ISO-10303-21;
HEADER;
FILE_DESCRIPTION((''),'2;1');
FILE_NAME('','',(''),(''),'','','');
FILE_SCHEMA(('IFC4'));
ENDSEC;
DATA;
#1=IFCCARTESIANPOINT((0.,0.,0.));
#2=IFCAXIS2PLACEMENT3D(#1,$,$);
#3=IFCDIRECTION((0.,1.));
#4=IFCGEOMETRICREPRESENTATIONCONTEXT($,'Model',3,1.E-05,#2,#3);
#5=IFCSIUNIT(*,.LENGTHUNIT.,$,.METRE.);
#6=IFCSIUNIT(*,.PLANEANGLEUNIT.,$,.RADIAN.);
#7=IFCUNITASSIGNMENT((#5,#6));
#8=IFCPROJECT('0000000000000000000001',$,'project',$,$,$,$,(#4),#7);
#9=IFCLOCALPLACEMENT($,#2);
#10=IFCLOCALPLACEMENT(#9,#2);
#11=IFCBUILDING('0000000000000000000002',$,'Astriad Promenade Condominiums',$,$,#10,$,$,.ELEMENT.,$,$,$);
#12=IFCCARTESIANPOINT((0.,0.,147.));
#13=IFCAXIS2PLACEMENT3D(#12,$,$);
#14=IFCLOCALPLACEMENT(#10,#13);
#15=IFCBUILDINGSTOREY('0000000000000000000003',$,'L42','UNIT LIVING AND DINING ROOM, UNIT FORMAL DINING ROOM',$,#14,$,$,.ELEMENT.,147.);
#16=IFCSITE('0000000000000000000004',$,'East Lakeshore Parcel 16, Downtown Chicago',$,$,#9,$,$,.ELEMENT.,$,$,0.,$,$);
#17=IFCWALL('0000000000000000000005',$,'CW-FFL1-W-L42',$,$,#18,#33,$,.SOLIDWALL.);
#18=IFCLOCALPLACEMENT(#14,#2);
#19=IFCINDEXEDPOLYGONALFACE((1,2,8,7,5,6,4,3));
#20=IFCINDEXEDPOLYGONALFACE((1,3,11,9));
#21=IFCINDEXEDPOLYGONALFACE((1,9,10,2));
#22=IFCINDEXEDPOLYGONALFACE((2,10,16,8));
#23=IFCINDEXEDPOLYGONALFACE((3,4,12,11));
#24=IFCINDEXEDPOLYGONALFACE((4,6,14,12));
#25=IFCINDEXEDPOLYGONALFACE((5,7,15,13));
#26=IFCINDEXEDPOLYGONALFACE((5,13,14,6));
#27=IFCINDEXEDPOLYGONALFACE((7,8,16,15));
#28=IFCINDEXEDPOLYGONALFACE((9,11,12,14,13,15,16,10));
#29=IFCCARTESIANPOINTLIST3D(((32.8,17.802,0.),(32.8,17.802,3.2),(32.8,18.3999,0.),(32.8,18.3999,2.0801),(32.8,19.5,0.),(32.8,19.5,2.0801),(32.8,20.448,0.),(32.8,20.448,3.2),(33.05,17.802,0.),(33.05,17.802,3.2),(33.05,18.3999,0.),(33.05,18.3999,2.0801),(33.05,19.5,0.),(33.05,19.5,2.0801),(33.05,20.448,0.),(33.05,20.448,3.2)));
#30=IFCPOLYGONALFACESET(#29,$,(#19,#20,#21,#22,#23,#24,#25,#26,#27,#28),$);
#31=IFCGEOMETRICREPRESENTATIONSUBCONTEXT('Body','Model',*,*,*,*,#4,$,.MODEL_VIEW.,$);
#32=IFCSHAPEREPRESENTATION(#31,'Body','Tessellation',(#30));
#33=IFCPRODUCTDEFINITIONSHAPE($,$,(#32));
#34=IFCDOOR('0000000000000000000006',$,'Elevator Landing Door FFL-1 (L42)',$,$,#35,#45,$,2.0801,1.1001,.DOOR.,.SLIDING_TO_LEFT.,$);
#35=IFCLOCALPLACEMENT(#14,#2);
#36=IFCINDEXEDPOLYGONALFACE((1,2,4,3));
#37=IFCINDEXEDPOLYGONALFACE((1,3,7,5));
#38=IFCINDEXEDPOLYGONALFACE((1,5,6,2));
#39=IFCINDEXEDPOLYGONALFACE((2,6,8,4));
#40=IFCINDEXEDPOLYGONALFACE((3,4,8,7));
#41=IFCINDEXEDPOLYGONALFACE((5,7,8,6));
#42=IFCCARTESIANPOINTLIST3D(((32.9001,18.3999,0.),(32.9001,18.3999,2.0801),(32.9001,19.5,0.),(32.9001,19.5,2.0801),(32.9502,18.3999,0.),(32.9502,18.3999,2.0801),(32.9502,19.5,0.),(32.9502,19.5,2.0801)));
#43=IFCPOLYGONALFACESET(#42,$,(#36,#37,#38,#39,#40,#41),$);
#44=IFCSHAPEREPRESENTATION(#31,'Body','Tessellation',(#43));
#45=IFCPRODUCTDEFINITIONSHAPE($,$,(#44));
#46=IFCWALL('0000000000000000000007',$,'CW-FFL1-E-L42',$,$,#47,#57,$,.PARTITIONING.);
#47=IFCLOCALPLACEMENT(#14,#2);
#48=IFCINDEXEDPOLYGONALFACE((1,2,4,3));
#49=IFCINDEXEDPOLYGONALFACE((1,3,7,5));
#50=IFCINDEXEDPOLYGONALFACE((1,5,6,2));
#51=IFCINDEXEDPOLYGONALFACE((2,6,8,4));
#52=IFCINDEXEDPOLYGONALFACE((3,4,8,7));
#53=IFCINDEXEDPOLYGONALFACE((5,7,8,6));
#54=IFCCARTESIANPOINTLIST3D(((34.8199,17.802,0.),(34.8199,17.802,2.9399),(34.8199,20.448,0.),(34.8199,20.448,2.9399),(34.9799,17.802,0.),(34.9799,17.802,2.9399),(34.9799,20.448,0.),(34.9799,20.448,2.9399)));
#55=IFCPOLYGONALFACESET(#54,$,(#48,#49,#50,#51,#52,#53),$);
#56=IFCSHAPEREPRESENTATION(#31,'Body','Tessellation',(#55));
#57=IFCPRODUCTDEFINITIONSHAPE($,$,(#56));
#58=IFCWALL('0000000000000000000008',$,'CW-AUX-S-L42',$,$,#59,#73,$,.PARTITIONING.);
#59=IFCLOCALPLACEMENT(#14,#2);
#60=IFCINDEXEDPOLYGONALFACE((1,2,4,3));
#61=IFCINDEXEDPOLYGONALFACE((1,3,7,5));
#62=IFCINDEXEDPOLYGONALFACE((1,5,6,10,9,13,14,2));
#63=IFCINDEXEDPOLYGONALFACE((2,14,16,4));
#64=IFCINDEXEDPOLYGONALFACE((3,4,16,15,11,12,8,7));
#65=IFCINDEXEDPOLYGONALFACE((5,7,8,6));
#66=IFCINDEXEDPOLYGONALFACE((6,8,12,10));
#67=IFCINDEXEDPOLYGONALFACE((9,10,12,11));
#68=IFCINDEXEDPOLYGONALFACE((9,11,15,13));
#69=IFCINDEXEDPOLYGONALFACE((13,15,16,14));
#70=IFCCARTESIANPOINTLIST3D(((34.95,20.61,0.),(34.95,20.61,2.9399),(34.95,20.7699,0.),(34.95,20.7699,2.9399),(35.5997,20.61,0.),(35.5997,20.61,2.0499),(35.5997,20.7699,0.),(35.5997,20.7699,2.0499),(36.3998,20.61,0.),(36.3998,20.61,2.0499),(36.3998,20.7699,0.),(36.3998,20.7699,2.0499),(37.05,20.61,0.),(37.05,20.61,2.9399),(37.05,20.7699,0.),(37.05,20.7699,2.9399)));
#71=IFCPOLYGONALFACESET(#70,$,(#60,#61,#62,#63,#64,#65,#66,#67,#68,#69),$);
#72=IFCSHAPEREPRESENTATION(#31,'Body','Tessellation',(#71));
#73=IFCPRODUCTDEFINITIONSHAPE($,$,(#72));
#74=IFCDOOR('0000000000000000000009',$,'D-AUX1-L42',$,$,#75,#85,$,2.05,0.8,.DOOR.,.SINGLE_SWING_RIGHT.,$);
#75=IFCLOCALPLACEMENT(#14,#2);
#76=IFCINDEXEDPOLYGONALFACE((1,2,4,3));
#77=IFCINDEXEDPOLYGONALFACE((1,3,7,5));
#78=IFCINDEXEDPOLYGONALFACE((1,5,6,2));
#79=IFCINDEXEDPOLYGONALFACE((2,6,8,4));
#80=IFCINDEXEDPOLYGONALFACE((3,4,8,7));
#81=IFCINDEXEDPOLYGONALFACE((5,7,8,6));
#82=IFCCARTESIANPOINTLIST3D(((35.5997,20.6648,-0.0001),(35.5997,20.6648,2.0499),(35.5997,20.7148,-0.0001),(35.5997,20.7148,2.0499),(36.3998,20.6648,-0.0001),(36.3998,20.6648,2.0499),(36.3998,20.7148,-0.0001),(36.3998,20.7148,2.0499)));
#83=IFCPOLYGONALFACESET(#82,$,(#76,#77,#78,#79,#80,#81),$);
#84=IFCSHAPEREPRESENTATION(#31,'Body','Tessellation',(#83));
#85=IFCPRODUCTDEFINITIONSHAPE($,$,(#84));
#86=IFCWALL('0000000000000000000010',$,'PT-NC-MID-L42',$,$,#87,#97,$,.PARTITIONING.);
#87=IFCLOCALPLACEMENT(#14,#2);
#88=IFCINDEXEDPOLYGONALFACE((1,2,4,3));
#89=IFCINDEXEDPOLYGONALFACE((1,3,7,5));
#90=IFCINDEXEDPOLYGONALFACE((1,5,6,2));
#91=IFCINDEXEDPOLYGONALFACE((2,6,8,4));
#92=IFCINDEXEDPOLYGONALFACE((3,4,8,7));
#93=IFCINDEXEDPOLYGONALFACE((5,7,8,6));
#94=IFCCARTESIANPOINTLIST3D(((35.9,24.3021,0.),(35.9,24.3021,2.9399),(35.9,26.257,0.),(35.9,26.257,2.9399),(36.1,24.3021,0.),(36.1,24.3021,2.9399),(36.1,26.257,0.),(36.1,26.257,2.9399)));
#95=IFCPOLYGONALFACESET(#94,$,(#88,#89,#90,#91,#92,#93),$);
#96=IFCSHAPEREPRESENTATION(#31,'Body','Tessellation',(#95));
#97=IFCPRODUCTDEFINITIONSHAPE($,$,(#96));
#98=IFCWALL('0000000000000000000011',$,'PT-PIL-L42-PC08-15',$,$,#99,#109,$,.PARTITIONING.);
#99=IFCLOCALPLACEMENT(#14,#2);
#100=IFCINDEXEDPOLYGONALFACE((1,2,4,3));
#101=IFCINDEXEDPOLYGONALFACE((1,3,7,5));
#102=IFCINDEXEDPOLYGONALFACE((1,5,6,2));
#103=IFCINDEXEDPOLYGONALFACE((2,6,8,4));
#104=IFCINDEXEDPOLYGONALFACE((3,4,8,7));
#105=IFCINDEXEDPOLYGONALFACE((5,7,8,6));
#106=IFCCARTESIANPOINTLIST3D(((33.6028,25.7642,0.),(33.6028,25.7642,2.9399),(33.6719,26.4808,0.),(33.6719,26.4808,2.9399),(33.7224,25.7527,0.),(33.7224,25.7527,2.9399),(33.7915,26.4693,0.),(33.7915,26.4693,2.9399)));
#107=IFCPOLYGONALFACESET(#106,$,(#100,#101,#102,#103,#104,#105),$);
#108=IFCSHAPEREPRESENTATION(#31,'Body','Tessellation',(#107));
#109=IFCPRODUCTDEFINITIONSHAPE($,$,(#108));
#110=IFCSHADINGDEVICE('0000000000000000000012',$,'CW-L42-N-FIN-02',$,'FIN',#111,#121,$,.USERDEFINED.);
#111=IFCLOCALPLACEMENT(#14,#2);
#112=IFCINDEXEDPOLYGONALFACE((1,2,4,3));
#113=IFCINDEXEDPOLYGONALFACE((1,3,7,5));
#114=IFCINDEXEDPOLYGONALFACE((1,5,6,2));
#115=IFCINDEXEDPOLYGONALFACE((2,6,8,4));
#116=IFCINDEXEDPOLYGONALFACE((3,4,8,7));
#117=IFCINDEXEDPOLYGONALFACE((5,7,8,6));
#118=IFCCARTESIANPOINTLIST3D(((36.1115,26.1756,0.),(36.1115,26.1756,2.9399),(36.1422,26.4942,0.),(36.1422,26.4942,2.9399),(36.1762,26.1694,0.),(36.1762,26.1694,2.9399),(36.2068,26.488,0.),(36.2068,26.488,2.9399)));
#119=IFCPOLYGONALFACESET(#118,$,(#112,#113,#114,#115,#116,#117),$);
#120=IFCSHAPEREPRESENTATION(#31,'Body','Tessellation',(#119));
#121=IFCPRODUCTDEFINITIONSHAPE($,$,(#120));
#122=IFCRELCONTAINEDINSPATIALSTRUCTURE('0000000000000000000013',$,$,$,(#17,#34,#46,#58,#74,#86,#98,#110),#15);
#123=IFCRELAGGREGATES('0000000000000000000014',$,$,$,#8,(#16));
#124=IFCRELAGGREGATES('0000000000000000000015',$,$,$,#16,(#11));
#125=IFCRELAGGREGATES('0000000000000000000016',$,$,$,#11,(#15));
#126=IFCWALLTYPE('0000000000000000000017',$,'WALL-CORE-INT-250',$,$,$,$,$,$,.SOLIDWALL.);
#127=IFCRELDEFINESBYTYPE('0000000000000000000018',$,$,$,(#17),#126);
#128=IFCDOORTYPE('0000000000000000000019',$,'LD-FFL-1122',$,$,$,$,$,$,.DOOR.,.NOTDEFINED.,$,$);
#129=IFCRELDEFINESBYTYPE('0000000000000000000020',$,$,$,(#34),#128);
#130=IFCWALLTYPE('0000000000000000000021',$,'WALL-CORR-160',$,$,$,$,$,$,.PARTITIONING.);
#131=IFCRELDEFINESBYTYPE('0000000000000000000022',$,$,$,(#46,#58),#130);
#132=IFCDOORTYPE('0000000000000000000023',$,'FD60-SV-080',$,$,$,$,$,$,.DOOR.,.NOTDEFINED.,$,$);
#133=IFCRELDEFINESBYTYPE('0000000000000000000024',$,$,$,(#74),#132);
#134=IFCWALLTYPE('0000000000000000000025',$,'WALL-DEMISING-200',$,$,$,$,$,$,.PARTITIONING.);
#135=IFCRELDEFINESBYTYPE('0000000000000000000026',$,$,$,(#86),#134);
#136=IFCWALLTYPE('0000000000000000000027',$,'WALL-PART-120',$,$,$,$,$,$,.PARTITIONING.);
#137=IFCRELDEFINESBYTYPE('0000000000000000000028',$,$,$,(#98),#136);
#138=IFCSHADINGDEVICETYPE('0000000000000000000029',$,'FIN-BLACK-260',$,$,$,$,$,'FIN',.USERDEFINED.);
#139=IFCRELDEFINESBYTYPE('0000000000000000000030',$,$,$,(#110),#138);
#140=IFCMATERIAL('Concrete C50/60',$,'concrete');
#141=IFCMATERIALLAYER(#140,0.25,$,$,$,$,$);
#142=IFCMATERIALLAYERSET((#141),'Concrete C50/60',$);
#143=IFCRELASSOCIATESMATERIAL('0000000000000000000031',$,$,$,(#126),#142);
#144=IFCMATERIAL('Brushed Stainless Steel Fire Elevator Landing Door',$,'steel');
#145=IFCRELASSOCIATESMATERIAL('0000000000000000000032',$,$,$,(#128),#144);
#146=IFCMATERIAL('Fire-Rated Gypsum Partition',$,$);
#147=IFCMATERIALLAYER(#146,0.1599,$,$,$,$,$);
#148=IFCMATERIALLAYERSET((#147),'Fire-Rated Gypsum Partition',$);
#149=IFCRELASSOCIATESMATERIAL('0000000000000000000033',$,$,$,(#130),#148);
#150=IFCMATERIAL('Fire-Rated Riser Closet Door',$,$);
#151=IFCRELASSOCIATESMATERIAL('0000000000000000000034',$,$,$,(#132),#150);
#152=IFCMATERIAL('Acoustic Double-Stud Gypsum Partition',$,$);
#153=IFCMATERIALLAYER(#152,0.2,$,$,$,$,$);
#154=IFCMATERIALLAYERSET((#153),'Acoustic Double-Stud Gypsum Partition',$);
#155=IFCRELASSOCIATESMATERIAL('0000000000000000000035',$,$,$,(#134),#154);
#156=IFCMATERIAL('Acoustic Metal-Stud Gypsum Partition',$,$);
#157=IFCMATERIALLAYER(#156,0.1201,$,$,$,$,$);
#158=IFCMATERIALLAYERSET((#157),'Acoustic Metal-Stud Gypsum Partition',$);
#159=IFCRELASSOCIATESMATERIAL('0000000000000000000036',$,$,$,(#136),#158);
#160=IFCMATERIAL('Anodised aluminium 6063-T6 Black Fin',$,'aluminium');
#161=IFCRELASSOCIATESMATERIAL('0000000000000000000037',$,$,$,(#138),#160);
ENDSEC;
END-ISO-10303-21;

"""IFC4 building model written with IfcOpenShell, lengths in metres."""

from ifc_helpers import new_model, si_unit, direction, frame, frame_2d, origin, origin_2d, place, context, subcontext, project, spatial, rectangle, extrude, source, transform, mapped, material, layer, layer_set, type_object, type_shapes, element, fill, save


model = new_model("IFC4")

# Units and contexts
model_context = context("Model", 3, precision=1e-05, world=origin(), true_north=direction((0.0, 1.0)))
body_context = subcontext(model_context, "Body", "Model", "MODEL_VIEW")
ifc_project = project(units=[si_unit("LENGTHUNIT", "METRE"), si_unit("PLANEANGLEUNIT", "RADIAN")], contexts=[model_context])

# Site, building, storey
site_placement = place(None, origin())
site = spatial("IfcSite", under=ifc_project, at=site_placement, Name="East Lakeshore Parcel 16, Downtown Chicago", CompositionType="ELEMENT", RefElevation=0.0)
building_placement = place(site_placement, origin())
building = spatial("IfcBuilding", under=site, at=building_placement, Name="Astriad Promenade Condominiums", CompositionType="ELEMENT")
storey_placement = place(building_placement, frame((0.0, 0.0, 147.0)))
storey = spatial("IfcBuildingStorey", under=building, at=storey_placement, Name="L42", Description="UNIT LIVING AND DINING ROOM, UNIT FORMAL DINING ROOM", CompositionType="ELEMENT", Elevation=147.0)

# Shared definitions
ifc_material_1 = material(Name="Concrete C50/60", Category="concrete")
ifc_layer_1 = layer(ifc_material_1, 0.25)
ifc_layer_set_1 = layer_set([ifc_layer_1], Name="Concrete C50/60")
wall_type_1 = type_object("IfcWallType", Name="WALL-CORE-INT-250", PredefinedType="SOLIDWALL", material=ifc_layer_set_1)

# Wall, opening, door
wall_1_placement = place(storey_placement, frame((32.925, 17.802, 0.0), z_axis=(0.0, 0.0, 1.0), x_axis=(0.0, 1.0, 0.0)))
wall_1 = element("IfcWall", 1, at=wall_1_placement, inside=storey, type_object=wall_type_1, Name="CW-FFL1-W-L42", PredefinedType="SOLIDWALL", context=body_context, shape_type="SweptSolid", body=[
    extrude(rectangle(XDim=2.646, YDim=0.25, at=frame_2d((1.323, 0.0))), origin(), (0.0, 0.0, 1.0), 3.2),
])
opening_1_placement = place(wall_1_placement, frame((0.5979, 0.0, 0.0)))
opening_1 = element("IfcOpeningElement", 2, at=opening_1_placement, cuts=wall_1, PredefinedType="OPENING", context=body_context, shape_type="SweptSolid", body=[
    extrude(rectangle(XDim=1.1001, YDim=2.0801, at=frame_2d((0.55, 1.04))), frame((0.0, 0.135, 0.0), z_axis=(0.0, -1.0, 0.0), x_axis=(1.0, 0.0, 0.0)), (0.0, 0.0, 1.0), 0.27),
])
ifc_material_2 = material(Name="Brushed Stainless Steel Fire Elevator Landing Door", Category="steel")
door_type_1 = type_object("IfcDoorType", Name="LD-FFL-1122", OperationType="NOTDEFINED", PredefinedType="DOOR", material=ifc_material_2)
shared_shape_1 = source(origin(), body_context, "Body", "SweptSolid", [
    extrude(rectangle(XDim=1.1001, YDim=2.0801, at=frame_2d((0.55, 1.04))), frame((0.0, 0.0249, 0.0), z_axis=(0.0, -1.0, 0.0), x_axis=(1.0, 0.0, 0.0)), (0.0, 0.0, 1.0), 0.05),
])
type_shapes(door_type_1, [shared_shape_1])
door_1_placement = place(opening_1_placement, origin())
door_1 = element("IfcDoor", 3, at=door_1_placement, inside=storey, type_object=door_type_1, Name="Elevator Landing Door FFL-1 (L42)", OperationType="SLIDING_TO_LEFT", OverallHeight=2.0801, OverallWidth=1.1001, PredefinedType="DOOR", context=body_context, shape_type="MappedRepresentation", body=[
    mapped(shared_shape_1, transform((0.0, 0.0, 0.0), scale=1.0)),
])
fill(opening_1, door_1)

# Wall
ifc_material_3 = material(Name="Fire-Rated Gypsum Partition")
ifc_layer_2 = layer(ifc_material_3, 0.1599)
ifc_layer_set_2 = layer_set([ifc_layer_2], Name="Fire-Rated Gypsum Partition")
wall_type_2 = type_object("IfcWallType", Name="WALL-CORR-160", PredefinedType="PARTITIONING", material=ifc_layer_set_2)
wall_2_placement = place(storey_placement, frame((34.8999, 17.802, 0.0), z_axis=(0.0, 0.0, 1.0), x_axis=(0.0, 1.0, 0.0)))
element("IfcWall", 4, at=wall_2_placement, inside=storey, type_object=wall_type_2, Name="CW-FFL1-E-L42", PredefinedType="PARTITIONING", context=body_context, shape_type="SweptSolid", body=[
    extrude(rectangle(XDim=2.646, YDim=0.1599, at=frame_2d((1.323, 0.0))), origin(), (0.0, 0.0, 1.0), 2.9399),
])

# Wall, opening, door
wall_3_placement = place(storey_placement, frame((34.95, 20.6899, 0.0), z_axis=(0.0, 0.0, 1.0), x_axis=(1.0, 0.0, 0.0)))
wall_3 = element("IfcWall", 5, at=wall_3_placement, inside=storey, type_object=wall_type_2, Name="CW-AUX-S-L42", PredefinedType="PARTITIONING", context=body_context, shape_type="SweptSolid", body=[
    extrude(rectangle(XDim=2.1001, YDim=0.1599, at=frame_2d((1.05, 0.0))), origin(), (0.0, 0.0, 1.0), 2.9399),
])
opening_2_placement = place(wall_3_placement, frame((0.6499, 0.0, 0.0)))
opening_2 = element("IfcOpeningElement", 6, at=opening_2_placement, cuts=wall_3, PredefinedType="OPENING", context=body_context, shape_type="SweptSolid", body=[
    extrude(rectangle(XDim=0.8, YDim=2.05, at=frame_2d((0.3999, 1.0249))), frame((0.0, 0.0898, 0.0), z_axis=(0.0, -1.0, 0.0), x_axis=(1.0, 0.0, 0.0)), (0.0, 0.0, 1.0), 0.1799),
])
ifc_material_4 = material(Name="Fire-Rated Riser Closet Door")
door_type_2 = type_object("IfcDoorType", Name="FD60-SV-080", OperationType="NOTDEFINED", PredefinedType="DOOR", material=ifc_material_4)
shared_shape_2 = source(origin(), body_context, "Body", "SweptSolid", [
    extrude(rectangle(XDim=0.8, YDim=2.05, at=frame_2d((0.3999, 1.0249))), frame((0.0, 0.0249, 0.0), z_axis=(0.0, -1.0, 0.0), x_axis=(1.0, 0.0, 0.0)), (0.0, 0.0, 1.0), 0.05),
])
type_shapes(door_type_2, [shared_shape_2])
door_2_placement = place(opening_2_placement, origin())
door_2 = element("IfcDoor", 7, at=door_2_placement, inside=storey, type_object=door_type_2, Name="D-AUX1-L42", OperationType="SINGLE_SWING_RIGHT", OverallHeight=2.05, OverallWidth=0.8, PredefinedType="DOOR", context=body_context, shape_type="MappedRepresentation", body=[
    mapped(shared_shape_2, transform((0.0, 0.0, 0.0), scale=1.0)),
])
fill(opening_2, door_2)

# Walls
ifc_material_5 = material(Name="Acoustic Double-Stud Gypsum Partition")
ifc_layer_3 = layer(ifc_material_5, 0.2)
ifc_layer_set_3 = layer_set([ifc_layer_3], Name="Acoustic Double-Stud Gypsum Partition")
wall_type_3 = type_object("IfcWallType", Name="WALL-DEMISING-200", PredefinedType="PARTITIONING", material=ifc_layer_set_3)
wall_4_placement = place(storey_placement, frame((36.0, 24.302, 0.0), z_axis=(0.0, 0.0, 1.0), x_axis=(0.0, 1.0, 0.0)))
element("IfcWall", 8, at=wall_4_placement, inside=storey, type_object=wall_type_3, Name="PT-NC-MID-L42", PredefinedType="PARTITIONING", context=body_context, shape_type="SweptSolid", body=[
    extrude(rectangle(XDim=1.9548, YDim=0.2, at=frame_2d((0.9775, 0.0))), origin(), (0.0, 0.0, 1.0), 2.9399),
])
ifc_material_6 = material(Name="Acoustic Metal-Stud Gypsum Partition")
ifc_layer_4 = layer(ifc_material_6, 0.1201)
ifc_layer_set_4 = layer_set([ifc_layer_4], Name="Acoustic Metal-Stud Gypsum Partition")
wall_type_4 = type_object("IfcWallType", Name="WALL-PART-120", PredefinedType="PARTITIONING", material=ifc_layer_set_4)
wall_5_placement = place(storey_placement, frame((33.6626, 25.7585, 0.0), z_axis=(0.0, 0.0, 1.0), x_axis=(0.095977, 0.995384, 0.0)))
element("IfcWall", 9, at=wall_5_placement, inside=storey, type_object=wall_type_4, Name="PT-PIL-L42-PC08-15", PredefinedType="PARTITIONING", context=body_context, shape_type="SweptSolid", body=[
    extrude(rectangle(XDim=0.72, YDim=0.1201, at=frame_2d((0.3599, 0.0))), origin(), (0.0, 0.0, 1.0), 2.9399),
])

# Shading device
ifc_material_7 = material(Name="Anodised aluminium 6063-T6 Black Fin", Category="aluminium")
shading_device_type = type_object("IfcShadingDeviceType", Name="FIN-BLACK-260", ElementType="FIN", PredefinedType="USERDEFINED", material=ifc_material_7)
shared_shape_3 = source(origin(), body_context, "Body", "SweptSolid", [
    extrude(rectangle(XDim=0.0649, YDim=0.3201, at=origin_2d()), origin(), (0.0, 0.0, 1.0), 2.9399),
])
type_shapes(shading_device_type, [shared_shape_3])
shading_device_placement = place(storey_placement, frame((36.1592, 26.3318, 0.0), z_axis=(0.0, 0.0, 1.0), x_axis=(0.995396, -0.095846, 0.0)))
element("IfcShadingDevice", 10, at=shading_device_placement, inside=storey, type_object=shading_device_type, Name="CW-L42-N-FIN-02", ObjectType="FIN", PredefinedType="USERDEFINED", context=body_context, shape_type="MappedRepresentation", body=[
    mapped(shared_shape_3, transform((0.0, 0.0, 0.0), scale=1.0)),
])

save(model, "model.ifc")
